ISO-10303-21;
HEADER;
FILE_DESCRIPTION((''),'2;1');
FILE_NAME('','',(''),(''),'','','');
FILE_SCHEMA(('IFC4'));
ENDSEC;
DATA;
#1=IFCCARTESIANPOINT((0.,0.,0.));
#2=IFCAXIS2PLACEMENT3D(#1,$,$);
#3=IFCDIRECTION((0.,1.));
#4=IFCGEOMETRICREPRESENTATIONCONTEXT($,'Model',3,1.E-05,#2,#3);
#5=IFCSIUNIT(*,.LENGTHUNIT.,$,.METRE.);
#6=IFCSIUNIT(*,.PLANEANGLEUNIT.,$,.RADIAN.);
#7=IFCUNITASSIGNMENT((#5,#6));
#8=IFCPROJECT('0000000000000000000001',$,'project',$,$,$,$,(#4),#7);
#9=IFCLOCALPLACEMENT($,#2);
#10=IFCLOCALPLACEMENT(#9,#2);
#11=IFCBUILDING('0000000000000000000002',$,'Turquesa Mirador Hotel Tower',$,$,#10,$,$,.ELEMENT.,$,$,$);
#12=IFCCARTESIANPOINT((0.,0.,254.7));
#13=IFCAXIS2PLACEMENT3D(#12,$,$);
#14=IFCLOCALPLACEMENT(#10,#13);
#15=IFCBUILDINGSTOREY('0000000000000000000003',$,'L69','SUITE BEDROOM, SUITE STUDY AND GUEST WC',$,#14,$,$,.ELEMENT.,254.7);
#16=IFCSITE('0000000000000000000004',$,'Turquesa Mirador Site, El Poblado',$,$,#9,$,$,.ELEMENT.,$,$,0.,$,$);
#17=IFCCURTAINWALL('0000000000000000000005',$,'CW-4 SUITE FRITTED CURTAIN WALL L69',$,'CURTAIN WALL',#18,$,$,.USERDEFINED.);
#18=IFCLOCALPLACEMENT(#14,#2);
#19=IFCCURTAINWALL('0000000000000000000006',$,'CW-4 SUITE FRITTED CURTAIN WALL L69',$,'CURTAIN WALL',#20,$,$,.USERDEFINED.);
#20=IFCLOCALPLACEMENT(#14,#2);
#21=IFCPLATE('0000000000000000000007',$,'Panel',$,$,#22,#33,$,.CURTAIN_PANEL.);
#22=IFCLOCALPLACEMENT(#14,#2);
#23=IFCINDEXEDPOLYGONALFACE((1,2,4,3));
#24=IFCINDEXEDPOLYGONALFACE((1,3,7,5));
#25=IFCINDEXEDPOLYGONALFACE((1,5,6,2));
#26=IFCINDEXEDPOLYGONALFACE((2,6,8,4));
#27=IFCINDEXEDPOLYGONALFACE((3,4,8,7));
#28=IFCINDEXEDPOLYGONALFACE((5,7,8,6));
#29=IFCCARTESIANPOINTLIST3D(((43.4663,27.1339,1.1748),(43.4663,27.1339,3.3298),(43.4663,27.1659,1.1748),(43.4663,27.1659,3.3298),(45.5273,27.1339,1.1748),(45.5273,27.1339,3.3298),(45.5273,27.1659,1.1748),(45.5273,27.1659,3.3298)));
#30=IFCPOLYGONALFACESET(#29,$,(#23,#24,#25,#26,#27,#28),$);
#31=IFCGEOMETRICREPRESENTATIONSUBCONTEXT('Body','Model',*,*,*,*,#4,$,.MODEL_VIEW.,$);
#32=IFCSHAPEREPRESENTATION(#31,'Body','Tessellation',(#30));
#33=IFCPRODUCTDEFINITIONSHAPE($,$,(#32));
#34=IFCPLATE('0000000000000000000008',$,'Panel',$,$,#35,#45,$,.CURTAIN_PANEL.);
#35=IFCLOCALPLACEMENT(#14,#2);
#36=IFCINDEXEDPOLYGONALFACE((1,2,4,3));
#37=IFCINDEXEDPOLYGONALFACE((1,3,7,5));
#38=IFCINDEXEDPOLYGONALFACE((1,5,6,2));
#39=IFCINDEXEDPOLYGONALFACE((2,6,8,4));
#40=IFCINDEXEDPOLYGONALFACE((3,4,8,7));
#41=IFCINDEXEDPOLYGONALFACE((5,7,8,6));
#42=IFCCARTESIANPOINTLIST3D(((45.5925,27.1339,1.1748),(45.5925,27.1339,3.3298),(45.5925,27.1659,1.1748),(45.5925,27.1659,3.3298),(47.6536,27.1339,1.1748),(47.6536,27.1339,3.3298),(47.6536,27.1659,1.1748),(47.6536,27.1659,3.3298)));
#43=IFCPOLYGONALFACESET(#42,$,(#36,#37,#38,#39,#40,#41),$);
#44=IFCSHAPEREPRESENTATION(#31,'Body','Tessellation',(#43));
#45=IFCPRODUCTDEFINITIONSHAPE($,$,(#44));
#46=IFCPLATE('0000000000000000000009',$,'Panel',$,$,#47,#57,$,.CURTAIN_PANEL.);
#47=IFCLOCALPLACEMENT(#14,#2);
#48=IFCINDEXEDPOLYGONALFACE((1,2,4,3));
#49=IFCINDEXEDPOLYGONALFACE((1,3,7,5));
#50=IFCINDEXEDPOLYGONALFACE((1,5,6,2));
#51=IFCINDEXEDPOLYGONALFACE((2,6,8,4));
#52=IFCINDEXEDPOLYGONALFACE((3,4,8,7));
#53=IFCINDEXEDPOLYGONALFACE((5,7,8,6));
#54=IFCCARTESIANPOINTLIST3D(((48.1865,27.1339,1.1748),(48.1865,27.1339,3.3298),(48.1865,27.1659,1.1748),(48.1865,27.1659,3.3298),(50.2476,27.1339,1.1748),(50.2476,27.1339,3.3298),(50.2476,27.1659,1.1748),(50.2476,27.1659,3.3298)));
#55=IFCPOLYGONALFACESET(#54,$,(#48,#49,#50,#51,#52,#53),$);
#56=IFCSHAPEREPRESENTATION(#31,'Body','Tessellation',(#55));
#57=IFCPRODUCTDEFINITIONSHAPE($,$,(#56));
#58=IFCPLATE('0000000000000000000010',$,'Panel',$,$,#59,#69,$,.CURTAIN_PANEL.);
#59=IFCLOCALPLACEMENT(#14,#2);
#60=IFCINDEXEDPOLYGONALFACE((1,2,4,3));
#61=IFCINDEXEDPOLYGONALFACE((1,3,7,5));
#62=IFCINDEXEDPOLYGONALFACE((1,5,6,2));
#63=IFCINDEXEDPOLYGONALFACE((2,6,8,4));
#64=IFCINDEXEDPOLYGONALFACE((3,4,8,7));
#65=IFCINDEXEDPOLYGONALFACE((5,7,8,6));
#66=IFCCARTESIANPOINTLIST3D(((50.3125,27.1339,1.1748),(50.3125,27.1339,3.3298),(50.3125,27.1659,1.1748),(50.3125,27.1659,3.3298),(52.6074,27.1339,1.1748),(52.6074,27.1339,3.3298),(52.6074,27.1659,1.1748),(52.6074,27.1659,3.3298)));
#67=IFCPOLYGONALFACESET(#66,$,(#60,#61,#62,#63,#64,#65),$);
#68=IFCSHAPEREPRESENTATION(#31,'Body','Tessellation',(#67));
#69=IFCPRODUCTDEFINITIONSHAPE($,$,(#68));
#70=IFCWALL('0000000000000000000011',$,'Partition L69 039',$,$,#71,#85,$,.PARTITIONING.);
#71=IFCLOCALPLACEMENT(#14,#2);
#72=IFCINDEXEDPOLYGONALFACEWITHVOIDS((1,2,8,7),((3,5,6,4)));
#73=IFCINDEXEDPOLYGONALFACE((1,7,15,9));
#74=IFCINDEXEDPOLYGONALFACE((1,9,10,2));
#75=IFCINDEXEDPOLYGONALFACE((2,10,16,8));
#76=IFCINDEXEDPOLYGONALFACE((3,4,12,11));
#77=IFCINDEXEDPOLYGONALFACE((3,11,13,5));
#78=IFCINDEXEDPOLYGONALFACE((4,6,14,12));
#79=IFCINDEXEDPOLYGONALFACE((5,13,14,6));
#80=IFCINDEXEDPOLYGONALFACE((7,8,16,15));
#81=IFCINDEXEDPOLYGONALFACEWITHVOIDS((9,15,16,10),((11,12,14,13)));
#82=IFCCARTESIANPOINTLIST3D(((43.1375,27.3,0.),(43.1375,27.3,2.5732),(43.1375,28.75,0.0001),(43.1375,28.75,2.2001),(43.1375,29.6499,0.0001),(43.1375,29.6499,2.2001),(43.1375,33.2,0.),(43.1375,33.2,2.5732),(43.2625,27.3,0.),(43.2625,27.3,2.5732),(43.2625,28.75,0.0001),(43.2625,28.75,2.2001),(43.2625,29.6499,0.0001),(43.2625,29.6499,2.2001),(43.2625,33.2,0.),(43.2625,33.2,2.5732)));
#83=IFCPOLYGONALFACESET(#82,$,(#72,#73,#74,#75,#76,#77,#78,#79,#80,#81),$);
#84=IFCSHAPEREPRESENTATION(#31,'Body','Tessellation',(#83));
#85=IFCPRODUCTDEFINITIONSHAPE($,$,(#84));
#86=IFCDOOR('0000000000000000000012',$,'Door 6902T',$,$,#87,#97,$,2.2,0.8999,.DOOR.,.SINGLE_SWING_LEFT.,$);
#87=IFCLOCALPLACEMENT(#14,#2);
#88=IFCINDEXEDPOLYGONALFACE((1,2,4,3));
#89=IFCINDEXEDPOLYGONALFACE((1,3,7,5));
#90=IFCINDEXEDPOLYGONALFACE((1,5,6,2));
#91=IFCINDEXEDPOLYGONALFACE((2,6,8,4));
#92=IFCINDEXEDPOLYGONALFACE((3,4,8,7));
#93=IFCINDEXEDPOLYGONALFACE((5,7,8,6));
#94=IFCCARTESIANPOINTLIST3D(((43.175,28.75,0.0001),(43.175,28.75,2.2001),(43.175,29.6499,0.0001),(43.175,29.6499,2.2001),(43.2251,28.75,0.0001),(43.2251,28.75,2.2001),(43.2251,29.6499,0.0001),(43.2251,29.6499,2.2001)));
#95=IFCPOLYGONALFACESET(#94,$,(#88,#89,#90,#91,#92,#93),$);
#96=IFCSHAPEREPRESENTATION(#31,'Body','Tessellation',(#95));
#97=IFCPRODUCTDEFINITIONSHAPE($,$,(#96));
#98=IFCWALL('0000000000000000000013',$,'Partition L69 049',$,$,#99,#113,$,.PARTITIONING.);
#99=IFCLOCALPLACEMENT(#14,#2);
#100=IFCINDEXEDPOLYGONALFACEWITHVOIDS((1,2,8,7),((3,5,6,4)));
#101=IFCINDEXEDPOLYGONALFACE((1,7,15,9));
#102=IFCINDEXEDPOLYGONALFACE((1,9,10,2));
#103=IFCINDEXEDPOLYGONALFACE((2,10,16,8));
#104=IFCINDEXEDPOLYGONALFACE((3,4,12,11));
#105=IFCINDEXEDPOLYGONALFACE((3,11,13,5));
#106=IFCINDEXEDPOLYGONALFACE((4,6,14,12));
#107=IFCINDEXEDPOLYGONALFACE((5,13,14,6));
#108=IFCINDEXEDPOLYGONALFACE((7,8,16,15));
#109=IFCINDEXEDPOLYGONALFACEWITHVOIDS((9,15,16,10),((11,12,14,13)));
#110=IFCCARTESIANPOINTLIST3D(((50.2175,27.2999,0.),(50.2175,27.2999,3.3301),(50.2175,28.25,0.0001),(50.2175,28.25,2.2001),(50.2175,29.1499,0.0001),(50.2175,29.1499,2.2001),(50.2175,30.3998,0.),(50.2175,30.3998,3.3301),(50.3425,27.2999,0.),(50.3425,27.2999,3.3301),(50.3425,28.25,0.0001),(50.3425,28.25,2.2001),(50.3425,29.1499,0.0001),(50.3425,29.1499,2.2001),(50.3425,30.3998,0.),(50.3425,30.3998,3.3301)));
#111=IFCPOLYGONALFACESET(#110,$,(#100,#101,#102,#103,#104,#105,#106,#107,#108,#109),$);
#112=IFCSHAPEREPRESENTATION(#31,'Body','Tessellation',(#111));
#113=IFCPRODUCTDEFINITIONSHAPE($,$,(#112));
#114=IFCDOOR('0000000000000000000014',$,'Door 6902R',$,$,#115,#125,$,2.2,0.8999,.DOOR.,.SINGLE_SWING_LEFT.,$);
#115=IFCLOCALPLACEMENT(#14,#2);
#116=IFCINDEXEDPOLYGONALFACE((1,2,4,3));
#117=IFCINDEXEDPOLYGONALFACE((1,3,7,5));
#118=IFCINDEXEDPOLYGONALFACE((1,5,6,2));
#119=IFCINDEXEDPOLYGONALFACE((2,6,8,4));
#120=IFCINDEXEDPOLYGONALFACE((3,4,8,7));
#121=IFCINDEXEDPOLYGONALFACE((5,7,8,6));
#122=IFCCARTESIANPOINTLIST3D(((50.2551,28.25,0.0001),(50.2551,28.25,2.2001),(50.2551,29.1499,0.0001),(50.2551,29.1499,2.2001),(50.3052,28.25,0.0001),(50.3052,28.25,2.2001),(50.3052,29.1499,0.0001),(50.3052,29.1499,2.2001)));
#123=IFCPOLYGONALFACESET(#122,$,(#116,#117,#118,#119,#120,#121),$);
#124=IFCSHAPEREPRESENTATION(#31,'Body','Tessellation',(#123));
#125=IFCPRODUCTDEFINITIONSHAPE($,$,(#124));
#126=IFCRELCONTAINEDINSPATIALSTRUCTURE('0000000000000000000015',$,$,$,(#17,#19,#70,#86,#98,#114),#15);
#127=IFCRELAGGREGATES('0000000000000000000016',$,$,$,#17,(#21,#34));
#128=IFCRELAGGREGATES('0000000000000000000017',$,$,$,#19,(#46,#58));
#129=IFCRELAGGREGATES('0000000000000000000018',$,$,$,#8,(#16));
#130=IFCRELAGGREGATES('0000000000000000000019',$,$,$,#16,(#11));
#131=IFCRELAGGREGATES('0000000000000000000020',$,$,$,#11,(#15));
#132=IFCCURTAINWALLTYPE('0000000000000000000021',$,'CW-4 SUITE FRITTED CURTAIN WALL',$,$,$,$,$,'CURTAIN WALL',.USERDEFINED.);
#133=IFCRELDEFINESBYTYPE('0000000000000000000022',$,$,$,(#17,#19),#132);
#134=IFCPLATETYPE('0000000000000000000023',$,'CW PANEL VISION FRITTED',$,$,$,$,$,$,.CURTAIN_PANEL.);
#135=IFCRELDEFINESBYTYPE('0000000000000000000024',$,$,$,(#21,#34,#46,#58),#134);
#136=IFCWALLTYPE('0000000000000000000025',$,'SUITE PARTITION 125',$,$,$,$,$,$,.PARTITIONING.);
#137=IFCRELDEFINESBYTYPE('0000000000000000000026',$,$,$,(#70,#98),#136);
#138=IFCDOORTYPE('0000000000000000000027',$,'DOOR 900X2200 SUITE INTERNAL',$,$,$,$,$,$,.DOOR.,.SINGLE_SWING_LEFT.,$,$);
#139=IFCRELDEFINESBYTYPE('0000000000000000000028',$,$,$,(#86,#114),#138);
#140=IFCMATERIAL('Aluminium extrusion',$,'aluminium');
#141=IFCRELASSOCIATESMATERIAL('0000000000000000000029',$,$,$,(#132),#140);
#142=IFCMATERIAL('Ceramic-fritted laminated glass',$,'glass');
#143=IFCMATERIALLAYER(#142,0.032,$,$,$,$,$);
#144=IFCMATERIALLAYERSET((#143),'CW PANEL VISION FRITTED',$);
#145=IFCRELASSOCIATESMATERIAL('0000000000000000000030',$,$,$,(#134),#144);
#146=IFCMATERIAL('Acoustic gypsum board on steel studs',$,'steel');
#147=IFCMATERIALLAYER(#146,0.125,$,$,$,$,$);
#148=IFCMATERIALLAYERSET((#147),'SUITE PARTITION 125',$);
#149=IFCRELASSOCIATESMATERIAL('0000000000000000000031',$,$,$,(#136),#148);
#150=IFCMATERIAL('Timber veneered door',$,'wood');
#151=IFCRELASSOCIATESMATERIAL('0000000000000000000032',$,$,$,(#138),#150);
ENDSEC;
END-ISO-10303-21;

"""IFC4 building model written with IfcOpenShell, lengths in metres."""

from ifc_helpers import new_model, si_unit, direction, frame, frame_2d, origin, origin_2d, place, context, subcontext, project, spatial, rectangle, extrude, material, layer, layer_set, type_object, element, fill, aggregate, save


model = new_model("IFC4")

# Units and contexts
model_context = context("Model", 3, precision=1e-05, world=origin(), true_north=direction((0.0, 1.0)))
body_context = subcontext(model_context, "Body", "Model", "MODEL_VIEW")
ifc_project = project(units=[si_unit("LENGTHUNIT", "METRE"), si_unit("PLANEANGLEUNIT", "RADIAN")], contexts=[model_context])

# Site, building, storey
site_placement = place(None, origin())
site = spatial("IfcSite", under=ifc_project, at=site_placement, Name="Turquesa Mirador Site, El Poblado", CompositionType="ELEMENT", RefElevation=0.0)
building_placement = place(site_placement, origin())
building = spatial("IfcBuilding", under=site, at=building_placement, Name="Turquesa Mirador Hotel Tower", CompositionType="ELEMENT")
storey_placement = place(building_placement, frame((0.0, 0.0, 254.7)))
storey = spatial("IfcBuildingStorey", under=building, at=storey_placement, Name="L69", Description="SUITE BEDROOM, SUITE STUDY AND GUEST WC", CompositionType="ELEMENT", Elevation=254.7)

# Curtain walls
ifc_material_1 = material(Name="Aluminium extrusion", Category="aluminium")
curtain_wall_type = type_object("IfcCurtainWallType", Name="CW-4 SUITE FRITTED CURTAIN WALL", ElementType="CURTAIN WALL", PredefinedType="USERDEFINED", material=ifc_material_1)
curtain_wall_1_placement = place(storey_placement, origin())
curtain_wall_1 = element("IfcCurtainWall", 1, at=curtain_wall_1_placement, inside=storey, type_object=curtain_wall_type, Name="CW-4 SUITE FRITTED CURTAIN WALL L69", ObjectType="CURTAIN WALL", PredefinedType="USERDEFINED")
curtain_wall_2_placement = place(storey_placement, origin())
curtain_wall_2 = element("IfcCurtainWall", 2, at=curtain_wall_2_placement, inside=storey, type_object=curtain_wall_type, Name="CW-4 SUITE FRITTED CURTAIN WALL L69", ObjectType="CURTAIN WALL", PredefinedType="USERDEFINED")

# Plates
ifc_material_2 = material(Name="Ceramic-fritted laminated glass", Category="glass")
ifc_layer_1 = layer(ifc_material_2, 0.032)
ifc_layer_set_1 = layer_set([ifc_layer_1], Name="CW PANEL VISION FRITTED")
plate_type_1 = type_object("IfcPlateType", Name="CW PANEL VISION FRITTED", PredefinedType="CURTAIN_PANEL", material=ifc_layer_set_1)
plate_1_placement = place(storey_placement, frame((44.4968, 27.1499, 1.1748), z_axis=(0.0, 0.0, 1.0), x_axis=(1.0, 0.0, 0.0)))
plate_1 = element("IfcPlate", 3, at=plate_1_placement, type_object=plate_type_1, Name="Panel", PredefinedType="CURTAIN_PANEL", context=body_context, shape_type="SweptSolid", body=[
    extrude(rectangle(XDim=2.061, YDim=0.032, at=origin_2d()), origin(), (0.0, 0.0, 1.0), 2.155),
])
plate_2_placement = place(storey_placement, frame((46.623, 27.1499, 1.1748), z_axis=(0.0, 0.0, 1.0), x_axis=(1.0, 0.0, 0.0)))
plate_2 = element("IfcPlate", 4, at=plate_2_placement, type_object=plate_type_1, Name="Panel", PredefinedType="CURTAIN_PANEL", context=body_context, shape_type="SweptSolid", body=[
    extrude(rectangle(XDim=2.061, YDim=0.032, at=origin_2d()), origin(), (0.0, 0.0, 1.0), 2.155),
])
aggregate(curtain_wall_1, [plate_1, plate_2])
plate_3_placement = place(storey_placement, frame((49.217, 27.1499, 1.1748), z_axis=(0.0, 0.0, 1.0), x_axis=(1.0, 0.0, 0.0)))
plate_3 = element("IfcPlate", 5, at=plate_3_placement, type_object=plate_type_1, Name="Panel", PredefinedType="CURTAIN_PANEL", context=body_context, shape_type="SweptSolid", body=[
    extrude(rectangle(XDim=2.061, YDim=0.032, at=origin_2d()), origin(), (0.0, 0.0, 1.0), 2.155),
])
plate_4_placement = place(storey_placement, frame((51.46, 27.1499, 1.1748), z_axis=(0.0, 0.0, 1.0), x_axis=(1.0, 0.0, 0.0)))
plate_4 = element("IfcPlate", 6, at=plate_4_placement, type_object=plate_type_1, Name="Panel", PredefinedType="CURTAIN_PANEL", context=body_context, shape_type="SweptSolid", body=[
    extrude(rectangle(XDim=2.2949, YDim=0.032, at=origin_2d()), origin(), (0.0, 0.0, 1.0), 2.155),
])
aggregate(curtain_wall_2, [plate_3, plate_4])

# Walls, openings, doors
ifc_material_3 = material(Name="Acoustic gypsum board on steel studs", Category="steel")
ifc_layer_2 = layer(ifc_material_3, 0.125)
ifc_layer_set_2 = layer_set([ifc_layer_2], Name="SUITE PARTITION 125")
wall_type = type_object("IfcWallType", Name="SUITE PARTITION 125", PredefinedType="PARTITIONING", material=ifc_layer_set_2)
wall_1_placement = place(storey_placement, frame((43.2, 27.3, 0.0), z_axis=(0.0, 0.0, 1.0), x_axis=(0.0, 1.0, 0.0)))
wall_1 = element("IfcWall", 7, at=wall_1_placement, inside=storey, type_object=wall_type, Name="Partition L69 039", PredefinedType="PARTITIONING", context=body_context, shape_type="SweptSolid", body=[
    extrude(rectangle(XDim=5.8999, YDim=0.125, at=frame_2d((2.95, 0.0))), origin(), (0.0, 0.0, 1.0), 2.5732),
])
opening_1_placement = place(wall_1_placement, frame((1.45, 0.0, 0.0)))
opening_1 = element("IfcOpeningElement", 8, at=opening_1_placement, cuts=wall_1, PredefinedType="OPENING", context=body_context, shape_type="SweptSolid", body=[
    extrude(rectangle(XDim=0.8999, YDim=2.2, at=frame_2d((0.45, 1.1001))), frame((0.0, 0.0725, 0.0), z_axis=(0.0, -1.0, 0.0), x_axis=(1.0, 0.0, 0.0)), (0.0, 0.0, 1.0), 0.145),
])
ifc_material_4 = material(Name="Timber veneered door", Category="wood")
door_type = type_object("IfcDoorType", Name="DOOR 900X2200 SUITE INTERNAL", OperationType="SINGLE_SWING_LEFT", PredefinedType="DOOR", material=ifc_material_4)
door_1_placement = place(opening_1_placement, origin())
door_1 = element("IfcDoor", 9, at=door_1_placement, inside=storey, type_object=door_type, Name="Door 6902T", OperationType="SINGLE_SWING_LEFT", OverallHeight=2.2, OverallWidth=0.8999, PredefinedType="DOOR", context=body_context, shape_type="SweptSolid", body=[
    extrude(rectangle(XDim=0.8999, YDim=2.2, at=frame_2d((0.45, 1.1001))), frame((0.0, 0.0249, 0.0), z_axis=(0.0, -1.0, 0.0), x_axis=(1.0, 0.0, 0.0)), (0.0, 0.0, 1.0), 0.05),
])
fill(opening_1, door_1)
wall_2_placement = place(storey_placement, frame((50.28, 27.3, 0.0), z_axis=(0.0, 0.0, 1.0), x_axis=(0.0, 1.0, 0.0)))
wall_2 = element("IfcWall", 10, at=wall_2_placement, inside=storey, type_object=wall_type, Name="Partition L69 049", PredefinedType="PARTITIONING", context=body_context, shape_type="SweptSolid", body=[
    extrude(rectangle(XDim=3.0999, YDim=0.125, at=frame_2d((1.5498, 0.0))), origin(), (0.0, 0.0, 1.0), 3.3301),
])
opening_2_placement = place(wall_2_placement, frame((0.95, 0.0, 0.0)))
opening_2 = element("IfcOpeningElement", 11, at=opening_2_placement, cuts=wall_2, PredefinedType="OPENING", context=body_context, shape_type="SweptSolid", body=[
    extrude(rectangle(XDim=0.8999, YDim=2.2, at=frame_2d((0.45, 1.1001))), frame((0.0, 0.0725, 0.0), z_axis=(0.0, -1.0, 0.0), x_axis=(1.0, 0.0, 0.0)), (0.0, 0.0, 1.0), 0.145),
])
door_2_placement = place(opening_2_placement, origin())
door_2 = element("IfcDoor", 12, at=door_2_placement, inside=storey, type_object=door_type, Name="Door 6902R", OperationType="SINGLE_SWING_LEFT", OverallHeight=2.2, OverallWidth=0.8999, PredefinedType="DOOR", context=body_context, shape_type="SweptSolid", body=[
    extrude(rectangle(XDim=0.8999, YDim=2.2, at=frame_2d((0.45, 1.1001))), frame((0.0, 0.0249, 0.0), z_axis=(0.0, -1.0, 0.0), x_axis=(1.0, 0.0, 0.0)), (0.0, 0.0, 1.0), 0.05),
])
fill(opening_2, door_2)

save(model, "model.ifc")
